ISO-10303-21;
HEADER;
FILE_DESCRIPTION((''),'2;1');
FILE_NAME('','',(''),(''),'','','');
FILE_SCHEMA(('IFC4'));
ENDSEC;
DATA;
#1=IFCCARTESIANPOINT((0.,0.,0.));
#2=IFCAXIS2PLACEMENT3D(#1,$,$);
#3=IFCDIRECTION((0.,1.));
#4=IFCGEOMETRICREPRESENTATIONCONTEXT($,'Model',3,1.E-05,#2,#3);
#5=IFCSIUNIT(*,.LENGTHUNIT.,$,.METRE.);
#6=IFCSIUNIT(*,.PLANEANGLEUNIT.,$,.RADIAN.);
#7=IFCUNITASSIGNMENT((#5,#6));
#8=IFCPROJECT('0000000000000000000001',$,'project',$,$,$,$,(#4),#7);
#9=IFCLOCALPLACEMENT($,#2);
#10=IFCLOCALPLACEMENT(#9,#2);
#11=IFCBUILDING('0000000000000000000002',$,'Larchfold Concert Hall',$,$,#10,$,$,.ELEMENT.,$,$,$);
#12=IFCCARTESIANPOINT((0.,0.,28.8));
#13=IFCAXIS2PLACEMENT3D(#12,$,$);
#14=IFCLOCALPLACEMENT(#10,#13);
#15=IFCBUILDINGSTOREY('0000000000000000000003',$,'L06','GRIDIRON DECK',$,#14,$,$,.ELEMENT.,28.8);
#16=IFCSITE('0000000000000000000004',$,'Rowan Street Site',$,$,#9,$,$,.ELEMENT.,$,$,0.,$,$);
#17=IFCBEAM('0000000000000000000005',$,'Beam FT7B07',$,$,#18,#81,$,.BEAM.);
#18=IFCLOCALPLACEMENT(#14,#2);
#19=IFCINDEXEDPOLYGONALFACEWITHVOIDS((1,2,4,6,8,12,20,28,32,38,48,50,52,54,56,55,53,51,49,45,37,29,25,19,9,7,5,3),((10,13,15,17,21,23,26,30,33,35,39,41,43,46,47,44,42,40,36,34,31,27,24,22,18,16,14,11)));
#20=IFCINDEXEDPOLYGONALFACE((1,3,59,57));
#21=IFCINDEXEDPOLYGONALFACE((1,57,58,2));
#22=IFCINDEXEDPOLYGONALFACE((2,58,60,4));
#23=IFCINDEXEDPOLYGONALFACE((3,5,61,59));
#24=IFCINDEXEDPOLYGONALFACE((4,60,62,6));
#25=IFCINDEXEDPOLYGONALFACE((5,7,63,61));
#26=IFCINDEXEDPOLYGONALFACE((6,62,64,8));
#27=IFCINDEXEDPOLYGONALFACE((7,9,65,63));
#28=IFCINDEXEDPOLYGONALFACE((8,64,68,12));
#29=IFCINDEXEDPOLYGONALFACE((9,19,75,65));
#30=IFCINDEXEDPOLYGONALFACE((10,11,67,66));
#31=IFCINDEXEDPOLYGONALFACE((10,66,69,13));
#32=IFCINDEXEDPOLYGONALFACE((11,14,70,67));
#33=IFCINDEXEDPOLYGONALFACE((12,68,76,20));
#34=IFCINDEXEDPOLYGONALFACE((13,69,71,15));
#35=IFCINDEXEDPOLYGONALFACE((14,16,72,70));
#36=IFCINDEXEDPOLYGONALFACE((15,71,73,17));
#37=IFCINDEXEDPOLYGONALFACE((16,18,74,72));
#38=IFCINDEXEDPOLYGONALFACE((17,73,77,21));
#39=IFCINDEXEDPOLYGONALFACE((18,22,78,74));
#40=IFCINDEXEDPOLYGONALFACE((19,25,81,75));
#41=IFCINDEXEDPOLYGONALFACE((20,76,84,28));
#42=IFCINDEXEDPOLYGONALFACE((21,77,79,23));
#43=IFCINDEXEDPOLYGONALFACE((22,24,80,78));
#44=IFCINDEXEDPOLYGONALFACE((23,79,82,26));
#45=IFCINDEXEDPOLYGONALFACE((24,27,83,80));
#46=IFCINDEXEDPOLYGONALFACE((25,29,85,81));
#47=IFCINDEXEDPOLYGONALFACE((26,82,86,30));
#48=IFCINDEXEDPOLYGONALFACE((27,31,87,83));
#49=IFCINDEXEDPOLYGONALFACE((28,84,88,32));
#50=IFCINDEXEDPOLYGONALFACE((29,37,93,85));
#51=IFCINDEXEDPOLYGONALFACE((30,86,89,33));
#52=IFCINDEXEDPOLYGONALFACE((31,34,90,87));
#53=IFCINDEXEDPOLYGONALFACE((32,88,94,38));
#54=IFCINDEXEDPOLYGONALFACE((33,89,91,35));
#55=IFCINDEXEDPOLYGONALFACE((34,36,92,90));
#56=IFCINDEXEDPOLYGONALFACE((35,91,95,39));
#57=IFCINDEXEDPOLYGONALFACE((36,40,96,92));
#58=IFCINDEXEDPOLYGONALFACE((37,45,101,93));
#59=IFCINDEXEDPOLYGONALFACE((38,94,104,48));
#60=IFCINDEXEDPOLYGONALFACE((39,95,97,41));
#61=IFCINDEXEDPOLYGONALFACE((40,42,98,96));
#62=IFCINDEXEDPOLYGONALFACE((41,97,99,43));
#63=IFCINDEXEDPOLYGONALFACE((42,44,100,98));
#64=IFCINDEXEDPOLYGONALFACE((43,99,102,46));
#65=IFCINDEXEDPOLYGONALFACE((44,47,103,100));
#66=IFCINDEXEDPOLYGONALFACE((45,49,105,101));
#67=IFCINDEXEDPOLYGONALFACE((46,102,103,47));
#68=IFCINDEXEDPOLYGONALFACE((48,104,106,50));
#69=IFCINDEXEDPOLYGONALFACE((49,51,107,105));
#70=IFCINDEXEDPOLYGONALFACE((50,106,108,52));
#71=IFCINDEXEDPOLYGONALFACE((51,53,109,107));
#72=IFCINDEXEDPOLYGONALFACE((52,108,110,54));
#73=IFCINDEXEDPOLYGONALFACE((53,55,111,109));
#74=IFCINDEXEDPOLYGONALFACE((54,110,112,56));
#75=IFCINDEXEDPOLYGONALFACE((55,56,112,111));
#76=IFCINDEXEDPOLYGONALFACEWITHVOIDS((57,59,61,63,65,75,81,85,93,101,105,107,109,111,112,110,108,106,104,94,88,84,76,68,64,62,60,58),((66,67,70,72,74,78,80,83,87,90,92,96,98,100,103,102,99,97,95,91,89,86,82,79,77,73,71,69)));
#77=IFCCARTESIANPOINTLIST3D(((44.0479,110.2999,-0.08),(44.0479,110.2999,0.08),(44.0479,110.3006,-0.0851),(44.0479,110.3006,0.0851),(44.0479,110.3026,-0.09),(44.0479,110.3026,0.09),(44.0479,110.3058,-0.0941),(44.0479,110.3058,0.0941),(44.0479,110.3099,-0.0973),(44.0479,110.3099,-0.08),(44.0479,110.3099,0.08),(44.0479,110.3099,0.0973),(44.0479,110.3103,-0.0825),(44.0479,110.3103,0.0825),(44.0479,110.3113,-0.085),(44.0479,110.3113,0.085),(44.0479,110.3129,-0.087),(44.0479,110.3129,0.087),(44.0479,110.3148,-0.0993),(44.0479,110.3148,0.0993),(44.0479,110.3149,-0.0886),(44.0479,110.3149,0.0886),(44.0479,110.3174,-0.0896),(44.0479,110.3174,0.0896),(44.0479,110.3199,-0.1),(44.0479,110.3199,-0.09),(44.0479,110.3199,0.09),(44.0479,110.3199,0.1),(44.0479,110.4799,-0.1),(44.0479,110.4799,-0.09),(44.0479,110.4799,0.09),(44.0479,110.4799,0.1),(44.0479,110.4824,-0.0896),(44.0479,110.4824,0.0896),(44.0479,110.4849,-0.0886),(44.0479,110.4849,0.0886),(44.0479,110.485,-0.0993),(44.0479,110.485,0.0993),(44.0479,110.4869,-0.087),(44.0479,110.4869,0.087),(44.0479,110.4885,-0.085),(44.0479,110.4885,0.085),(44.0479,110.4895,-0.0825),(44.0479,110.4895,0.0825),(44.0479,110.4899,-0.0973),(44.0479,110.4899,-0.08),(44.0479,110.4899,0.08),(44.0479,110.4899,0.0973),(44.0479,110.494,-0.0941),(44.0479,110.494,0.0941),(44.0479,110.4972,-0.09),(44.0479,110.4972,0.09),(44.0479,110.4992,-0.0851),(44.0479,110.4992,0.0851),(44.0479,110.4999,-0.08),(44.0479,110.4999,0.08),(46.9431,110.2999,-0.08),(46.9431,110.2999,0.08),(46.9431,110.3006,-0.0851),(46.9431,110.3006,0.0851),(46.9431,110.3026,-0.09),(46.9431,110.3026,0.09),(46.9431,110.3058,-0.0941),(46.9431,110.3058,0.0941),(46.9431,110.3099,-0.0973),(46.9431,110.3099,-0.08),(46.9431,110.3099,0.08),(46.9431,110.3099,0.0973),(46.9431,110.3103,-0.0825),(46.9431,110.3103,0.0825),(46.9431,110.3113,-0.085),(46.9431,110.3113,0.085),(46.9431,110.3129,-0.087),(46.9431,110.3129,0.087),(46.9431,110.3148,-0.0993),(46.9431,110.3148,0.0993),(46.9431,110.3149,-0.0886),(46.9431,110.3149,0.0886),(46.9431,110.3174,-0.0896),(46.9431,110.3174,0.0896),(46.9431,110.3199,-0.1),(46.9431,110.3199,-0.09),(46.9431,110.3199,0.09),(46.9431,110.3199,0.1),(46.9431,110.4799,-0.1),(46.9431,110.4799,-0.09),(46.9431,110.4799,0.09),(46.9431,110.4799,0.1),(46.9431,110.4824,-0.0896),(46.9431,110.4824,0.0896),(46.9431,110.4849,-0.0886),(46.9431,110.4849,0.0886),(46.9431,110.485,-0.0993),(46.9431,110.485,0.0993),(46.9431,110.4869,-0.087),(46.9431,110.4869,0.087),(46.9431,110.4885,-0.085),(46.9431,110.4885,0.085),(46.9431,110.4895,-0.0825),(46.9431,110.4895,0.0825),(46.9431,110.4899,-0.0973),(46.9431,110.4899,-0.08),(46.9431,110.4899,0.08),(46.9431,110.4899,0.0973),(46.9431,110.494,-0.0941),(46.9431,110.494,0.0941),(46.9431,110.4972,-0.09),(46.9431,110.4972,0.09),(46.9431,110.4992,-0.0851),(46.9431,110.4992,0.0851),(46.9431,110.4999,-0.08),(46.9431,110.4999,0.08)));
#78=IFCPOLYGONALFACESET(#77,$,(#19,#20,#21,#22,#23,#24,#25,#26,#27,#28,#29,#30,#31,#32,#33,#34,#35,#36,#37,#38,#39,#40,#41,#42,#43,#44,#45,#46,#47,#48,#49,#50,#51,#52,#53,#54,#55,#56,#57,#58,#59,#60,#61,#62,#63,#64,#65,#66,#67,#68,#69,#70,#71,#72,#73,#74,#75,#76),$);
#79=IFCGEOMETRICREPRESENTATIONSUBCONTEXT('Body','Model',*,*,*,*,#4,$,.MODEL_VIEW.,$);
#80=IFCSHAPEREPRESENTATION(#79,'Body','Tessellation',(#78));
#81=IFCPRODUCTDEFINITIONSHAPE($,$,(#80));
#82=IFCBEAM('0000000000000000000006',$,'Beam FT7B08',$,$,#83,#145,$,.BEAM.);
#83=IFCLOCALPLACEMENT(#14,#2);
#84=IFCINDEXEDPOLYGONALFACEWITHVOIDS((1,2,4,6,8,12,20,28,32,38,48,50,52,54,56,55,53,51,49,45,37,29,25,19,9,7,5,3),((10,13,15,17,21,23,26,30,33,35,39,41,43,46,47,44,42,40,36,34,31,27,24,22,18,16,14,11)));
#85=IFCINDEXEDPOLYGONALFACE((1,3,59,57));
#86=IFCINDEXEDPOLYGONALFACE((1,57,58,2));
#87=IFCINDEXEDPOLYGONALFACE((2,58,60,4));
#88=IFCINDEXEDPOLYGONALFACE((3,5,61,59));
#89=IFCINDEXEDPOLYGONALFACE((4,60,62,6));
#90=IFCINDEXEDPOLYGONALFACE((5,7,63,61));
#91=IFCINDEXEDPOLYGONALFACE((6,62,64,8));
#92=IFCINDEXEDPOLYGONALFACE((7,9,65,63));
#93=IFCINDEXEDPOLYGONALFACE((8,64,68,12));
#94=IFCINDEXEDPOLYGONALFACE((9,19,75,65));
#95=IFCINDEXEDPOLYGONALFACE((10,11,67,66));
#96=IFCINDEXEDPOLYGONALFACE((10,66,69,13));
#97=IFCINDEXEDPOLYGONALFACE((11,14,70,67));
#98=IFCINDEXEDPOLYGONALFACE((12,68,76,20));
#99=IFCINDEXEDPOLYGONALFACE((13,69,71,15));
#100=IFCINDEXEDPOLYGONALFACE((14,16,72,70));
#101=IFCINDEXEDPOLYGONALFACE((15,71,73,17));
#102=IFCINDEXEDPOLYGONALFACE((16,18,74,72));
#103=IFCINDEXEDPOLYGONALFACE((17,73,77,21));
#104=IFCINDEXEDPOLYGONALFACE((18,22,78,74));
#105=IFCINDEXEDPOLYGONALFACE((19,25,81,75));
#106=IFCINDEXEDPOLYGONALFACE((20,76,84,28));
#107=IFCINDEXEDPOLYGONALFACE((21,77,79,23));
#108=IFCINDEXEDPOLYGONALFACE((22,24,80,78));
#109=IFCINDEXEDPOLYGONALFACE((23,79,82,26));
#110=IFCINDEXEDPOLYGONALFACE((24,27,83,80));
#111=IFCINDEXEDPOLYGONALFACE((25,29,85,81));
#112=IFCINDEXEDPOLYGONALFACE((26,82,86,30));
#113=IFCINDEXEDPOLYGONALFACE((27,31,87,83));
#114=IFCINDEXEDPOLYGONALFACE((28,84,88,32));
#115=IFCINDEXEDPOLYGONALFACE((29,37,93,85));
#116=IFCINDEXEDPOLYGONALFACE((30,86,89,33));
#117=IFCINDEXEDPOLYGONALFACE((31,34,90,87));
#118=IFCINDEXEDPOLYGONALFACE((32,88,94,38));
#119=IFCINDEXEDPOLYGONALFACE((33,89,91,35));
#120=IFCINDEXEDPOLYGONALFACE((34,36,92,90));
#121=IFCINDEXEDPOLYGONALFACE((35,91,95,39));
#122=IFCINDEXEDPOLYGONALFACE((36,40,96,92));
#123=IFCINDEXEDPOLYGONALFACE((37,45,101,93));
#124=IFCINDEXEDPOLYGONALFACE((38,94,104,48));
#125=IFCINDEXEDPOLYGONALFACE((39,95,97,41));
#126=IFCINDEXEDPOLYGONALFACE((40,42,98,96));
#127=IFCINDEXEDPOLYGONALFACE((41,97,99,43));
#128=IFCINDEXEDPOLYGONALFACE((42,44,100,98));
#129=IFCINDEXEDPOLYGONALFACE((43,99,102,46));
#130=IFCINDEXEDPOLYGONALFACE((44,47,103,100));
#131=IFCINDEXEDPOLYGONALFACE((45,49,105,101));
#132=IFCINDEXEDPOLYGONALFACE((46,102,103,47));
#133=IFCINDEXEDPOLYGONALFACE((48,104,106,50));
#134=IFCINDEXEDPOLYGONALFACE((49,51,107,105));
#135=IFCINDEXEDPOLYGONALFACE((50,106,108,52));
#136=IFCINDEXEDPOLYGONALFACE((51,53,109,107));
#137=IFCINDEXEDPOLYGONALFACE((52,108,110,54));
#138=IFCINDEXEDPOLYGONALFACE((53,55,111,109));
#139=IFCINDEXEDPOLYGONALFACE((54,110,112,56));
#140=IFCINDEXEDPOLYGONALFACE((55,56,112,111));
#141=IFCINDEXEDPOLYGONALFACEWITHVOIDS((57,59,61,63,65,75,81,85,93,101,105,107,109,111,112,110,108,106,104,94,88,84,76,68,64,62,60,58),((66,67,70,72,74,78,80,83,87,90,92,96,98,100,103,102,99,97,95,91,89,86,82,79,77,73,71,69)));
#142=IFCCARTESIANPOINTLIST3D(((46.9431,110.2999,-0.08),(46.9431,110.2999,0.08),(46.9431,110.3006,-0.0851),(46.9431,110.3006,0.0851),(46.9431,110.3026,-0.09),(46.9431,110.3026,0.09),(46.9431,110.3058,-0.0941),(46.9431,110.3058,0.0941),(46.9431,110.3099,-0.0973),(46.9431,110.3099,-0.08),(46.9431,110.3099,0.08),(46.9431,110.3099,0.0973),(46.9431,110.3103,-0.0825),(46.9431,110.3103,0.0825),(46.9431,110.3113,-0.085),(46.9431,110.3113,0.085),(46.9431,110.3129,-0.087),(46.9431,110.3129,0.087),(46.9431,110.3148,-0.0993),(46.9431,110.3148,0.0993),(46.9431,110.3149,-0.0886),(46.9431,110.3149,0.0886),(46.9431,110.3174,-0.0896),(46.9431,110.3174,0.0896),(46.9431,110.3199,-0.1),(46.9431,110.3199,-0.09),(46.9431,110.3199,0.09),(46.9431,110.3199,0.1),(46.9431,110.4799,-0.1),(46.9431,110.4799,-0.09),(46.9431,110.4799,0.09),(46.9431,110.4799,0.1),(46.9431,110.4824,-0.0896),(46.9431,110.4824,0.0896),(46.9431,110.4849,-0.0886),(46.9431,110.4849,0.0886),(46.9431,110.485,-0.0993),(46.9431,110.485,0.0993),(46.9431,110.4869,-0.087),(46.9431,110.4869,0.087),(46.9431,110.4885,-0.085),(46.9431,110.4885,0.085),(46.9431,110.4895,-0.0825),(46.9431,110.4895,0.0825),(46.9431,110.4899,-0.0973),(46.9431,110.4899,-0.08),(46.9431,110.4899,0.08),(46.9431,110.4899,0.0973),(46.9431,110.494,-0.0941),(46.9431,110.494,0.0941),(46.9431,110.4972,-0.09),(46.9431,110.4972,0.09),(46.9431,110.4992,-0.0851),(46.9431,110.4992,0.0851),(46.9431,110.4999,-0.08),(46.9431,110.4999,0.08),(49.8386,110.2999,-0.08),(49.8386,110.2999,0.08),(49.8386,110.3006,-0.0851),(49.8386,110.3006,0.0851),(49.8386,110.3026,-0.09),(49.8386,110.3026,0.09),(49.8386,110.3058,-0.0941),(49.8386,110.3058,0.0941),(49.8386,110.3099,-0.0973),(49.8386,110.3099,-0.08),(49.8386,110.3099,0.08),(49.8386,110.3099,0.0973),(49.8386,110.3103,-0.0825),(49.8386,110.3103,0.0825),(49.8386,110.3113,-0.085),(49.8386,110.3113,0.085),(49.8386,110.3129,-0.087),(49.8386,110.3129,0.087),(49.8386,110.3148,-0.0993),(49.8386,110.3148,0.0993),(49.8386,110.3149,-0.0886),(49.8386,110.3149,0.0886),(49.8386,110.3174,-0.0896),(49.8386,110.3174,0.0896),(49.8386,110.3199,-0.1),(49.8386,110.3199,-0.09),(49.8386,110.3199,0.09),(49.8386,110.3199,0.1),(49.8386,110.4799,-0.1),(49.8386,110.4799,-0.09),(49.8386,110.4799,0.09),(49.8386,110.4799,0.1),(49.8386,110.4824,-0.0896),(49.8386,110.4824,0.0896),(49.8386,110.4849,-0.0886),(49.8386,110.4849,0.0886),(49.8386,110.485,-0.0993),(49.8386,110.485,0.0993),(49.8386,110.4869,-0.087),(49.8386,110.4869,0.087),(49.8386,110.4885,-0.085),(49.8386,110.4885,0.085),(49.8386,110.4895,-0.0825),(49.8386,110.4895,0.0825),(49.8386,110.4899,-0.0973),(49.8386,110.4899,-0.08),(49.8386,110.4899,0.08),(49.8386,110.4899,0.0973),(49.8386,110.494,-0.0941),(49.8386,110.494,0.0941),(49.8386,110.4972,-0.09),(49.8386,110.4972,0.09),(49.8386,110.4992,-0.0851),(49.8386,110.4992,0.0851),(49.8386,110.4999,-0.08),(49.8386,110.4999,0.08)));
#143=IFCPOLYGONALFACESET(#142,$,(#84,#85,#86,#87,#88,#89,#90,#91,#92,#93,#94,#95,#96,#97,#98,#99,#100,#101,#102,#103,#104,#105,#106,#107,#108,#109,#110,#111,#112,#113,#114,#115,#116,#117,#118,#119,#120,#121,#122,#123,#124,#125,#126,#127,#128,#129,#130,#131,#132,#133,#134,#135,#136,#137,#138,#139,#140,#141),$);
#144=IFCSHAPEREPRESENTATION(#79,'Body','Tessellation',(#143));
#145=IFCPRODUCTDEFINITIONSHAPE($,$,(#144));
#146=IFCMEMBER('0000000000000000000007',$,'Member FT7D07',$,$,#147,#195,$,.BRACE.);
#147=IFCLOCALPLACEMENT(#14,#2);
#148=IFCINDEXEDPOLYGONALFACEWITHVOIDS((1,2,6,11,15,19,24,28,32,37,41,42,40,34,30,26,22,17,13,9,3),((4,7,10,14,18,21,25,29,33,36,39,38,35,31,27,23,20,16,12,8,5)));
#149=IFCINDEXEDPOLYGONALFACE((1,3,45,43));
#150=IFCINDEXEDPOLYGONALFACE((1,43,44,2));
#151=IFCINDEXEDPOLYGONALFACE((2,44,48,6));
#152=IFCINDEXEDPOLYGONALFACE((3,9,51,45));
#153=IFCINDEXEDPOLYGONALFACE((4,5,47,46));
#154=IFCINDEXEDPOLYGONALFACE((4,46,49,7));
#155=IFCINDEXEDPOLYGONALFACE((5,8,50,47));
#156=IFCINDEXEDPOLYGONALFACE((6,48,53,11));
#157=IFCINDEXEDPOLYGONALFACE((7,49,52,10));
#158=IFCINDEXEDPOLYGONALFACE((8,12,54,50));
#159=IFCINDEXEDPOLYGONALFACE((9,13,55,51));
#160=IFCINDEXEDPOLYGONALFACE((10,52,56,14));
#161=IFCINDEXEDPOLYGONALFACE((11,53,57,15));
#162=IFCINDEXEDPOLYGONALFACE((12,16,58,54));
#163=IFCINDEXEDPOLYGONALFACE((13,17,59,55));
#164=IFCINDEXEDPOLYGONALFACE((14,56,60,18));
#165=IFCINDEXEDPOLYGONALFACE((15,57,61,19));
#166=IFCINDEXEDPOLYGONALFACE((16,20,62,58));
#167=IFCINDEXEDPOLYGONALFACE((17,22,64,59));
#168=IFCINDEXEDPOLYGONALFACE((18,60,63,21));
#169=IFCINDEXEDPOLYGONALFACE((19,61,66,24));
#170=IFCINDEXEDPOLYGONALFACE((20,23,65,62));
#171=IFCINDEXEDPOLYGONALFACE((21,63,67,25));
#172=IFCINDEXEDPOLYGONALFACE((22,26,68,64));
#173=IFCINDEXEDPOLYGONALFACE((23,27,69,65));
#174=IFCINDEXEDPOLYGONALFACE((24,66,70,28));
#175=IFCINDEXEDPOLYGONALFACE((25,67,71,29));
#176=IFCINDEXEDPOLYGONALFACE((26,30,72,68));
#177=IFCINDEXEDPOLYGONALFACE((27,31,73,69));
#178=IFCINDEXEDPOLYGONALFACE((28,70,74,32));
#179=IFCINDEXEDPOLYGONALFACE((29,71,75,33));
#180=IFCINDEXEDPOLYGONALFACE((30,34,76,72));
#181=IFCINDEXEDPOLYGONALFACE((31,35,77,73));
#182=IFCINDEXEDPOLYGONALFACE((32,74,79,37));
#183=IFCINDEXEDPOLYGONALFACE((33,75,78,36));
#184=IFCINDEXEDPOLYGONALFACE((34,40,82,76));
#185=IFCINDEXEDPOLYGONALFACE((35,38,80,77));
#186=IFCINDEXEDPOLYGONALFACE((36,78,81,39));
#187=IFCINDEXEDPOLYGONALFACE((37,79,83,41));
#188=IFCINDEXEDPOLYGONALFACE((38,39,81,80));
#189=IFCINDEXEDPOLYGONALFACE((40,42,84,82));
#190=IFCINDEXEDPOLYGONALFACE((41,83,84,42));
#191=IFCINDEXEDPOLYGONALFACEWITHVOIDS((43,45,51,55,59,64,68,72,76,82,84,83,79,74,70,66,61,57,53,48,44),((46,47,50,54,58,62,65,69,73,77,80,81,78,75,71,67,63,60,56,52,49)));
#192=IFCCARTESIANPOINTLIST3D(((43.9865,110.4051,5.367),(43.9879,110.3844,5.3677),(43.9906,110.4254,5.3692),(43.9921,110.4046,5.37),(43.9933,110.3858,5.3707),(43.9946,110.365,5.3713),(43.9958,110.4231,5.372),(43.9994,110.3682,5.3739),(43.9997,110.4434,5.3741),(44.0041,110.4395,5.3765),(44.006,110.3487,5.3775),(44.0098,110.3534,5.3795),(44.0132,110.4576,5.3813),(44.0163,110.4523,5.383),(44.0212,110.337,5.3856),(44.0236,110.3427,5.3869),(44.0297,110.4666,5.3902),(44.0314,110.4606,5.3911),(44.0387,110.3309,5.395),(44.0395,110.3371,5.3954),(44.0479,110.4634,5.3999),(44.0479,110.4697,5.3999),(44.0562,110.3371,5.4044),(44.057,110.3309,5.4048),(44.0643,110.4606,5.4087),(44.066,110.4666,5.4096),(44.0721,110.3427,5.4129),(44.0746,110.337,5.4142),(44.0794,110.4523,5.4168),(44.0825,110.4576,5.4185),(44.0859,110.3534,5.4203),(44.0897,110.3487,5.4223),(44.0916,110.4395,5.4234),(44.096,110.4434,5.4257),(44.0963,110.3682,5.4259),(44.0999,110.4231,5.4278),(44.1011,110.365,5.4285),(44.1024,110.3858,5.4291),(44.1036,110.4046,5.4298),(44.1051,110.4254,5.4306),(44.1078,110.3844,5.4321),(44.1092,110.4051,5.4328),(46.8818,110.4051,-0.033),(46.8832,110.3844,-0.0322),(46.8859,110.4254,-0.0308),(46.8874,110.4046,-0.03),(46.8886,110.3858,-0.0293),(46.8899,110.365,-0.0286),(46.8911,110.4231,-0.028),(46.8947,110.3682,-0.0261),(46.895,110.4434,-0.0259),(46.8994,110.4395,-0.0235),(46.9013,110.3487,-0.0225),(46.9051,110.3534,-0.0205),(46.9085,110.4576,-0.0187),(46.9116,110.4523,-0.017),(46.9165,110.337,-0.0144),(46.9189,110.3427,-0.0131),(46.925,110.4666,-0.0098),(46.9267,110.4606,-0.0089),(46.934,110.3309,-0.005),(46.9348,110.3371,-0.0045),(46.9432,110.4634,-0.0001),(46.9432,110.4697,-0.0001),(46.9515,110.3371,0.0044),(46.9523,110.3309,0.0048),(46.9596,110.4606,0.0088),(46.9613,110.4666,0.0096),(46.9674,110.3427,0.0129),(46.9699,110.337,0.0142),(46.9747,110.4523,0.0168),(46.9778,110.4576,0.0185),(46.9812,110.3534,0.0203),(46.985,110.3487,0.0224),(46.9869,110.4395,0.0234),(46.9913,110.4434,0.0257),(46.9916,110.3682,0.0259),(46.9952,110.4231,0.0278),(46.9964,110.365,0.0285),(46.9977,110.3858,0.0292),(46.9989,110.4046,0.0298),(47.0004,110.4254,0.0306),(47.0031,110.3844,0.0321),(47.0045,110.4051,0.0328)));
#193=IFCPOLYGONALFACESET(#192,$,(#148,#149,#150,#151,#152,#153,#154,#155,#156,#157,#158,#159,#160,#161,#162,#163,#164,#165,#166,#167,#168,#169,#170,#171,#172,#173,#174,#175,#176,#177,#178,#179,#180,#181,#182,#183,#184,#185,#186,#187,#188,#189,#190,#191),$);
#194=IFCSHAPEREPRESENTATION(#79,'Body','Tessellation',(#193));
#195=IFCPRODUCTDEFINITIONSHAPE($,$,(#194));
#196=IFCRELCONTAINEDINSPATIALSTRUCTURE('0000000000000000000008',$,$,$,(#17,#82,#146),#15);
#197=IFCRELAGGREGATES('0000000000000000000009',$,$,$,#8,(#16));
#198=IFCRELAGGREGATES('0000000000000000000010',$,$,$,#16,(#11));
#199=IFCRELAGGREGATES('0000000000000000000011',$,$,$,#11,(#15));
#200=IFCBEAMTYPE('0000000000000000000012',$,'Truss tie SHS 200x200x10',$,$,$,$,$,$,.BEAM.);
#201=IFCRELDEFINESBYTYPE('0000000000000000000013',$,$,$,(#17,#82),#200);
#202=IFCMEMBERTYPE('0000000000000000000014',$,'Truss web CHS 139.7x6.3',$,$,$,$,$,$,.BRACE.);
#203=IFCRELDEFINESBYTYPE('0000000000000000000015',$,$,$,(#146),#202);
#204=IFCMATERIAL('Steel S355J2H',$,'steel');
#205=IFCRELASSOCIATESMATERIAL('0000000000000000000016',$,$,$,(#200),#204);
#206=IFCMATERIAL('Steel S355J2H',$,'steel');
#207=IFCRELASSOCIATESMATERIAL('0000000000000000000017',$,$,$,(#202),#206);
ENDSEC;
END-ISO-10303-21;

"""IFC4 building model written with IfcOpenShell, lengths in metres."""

from ifc_helpers import new_model, si_unit, direction, frame, origin, origin_2d, place, context, subcontext, project, spatial, hollow_rectangle, hollow_circle, extrude, material, material_profile, profile_set, type_object, element, save


model = new_model("IFC4")

# Units and contexts
model_context = context("Model", 3, precision=1e-05, world=origin(), true_north=direction((0.0, 1.0)))
body_context = subcontext(model_context, "Body", "Model", "MODEL_VIEW")
ifc_project = project(units=[si_unit("LENGTHUNIT", "METRE"), si_unit("PLANEANGLEUNIT", "RADIAN")], contexts=[model_context])

# Site, building, storey
site_placement = place(None, origin())
site = spatial("IfcSite", under=ifc_project, at=site_placement, Name="Rowan Street Site", CompositionType="ELEMENT", RefElevation=0.0)
building_placement = place(site_placement, origin())
building = spatial("IfcBuilding", under=site, at=building_placement, Name="Larchfold Concert Hall", CompositionType="ELEMENT")
storey_placement = place(building_placement, frame((0.0, 0.0, 28.8)))
storey = spatial("IfcBuildingStorey", under=building, at=storey_placement, Name="L06", Description="GRIDIRON DECK", CompositionType="ELEMENT", Elevation=28.8)

# Beams
ifc_material_1 = material(Name="Steel S355J2H", Category="steel")
ifc_material_profile_1 = material_profile(ifc_material_1, hollow_rectangle(XDim=0.2, YDim=0.2, WallThickness=0.01, InnerFilletRadius=0.01, OuterFilletRadius=0.02, at=origin_2d()))
ifc_profile_set_1 = profile_set([ifc_material_profile_1], Name="Steel S355J2H")
beam_type_1 = type_object("IfcBeamType", Name="Truss tie SHS 200x200x10", PredefinedType="BEAM", material=ifc_profile_set_1)
beam_1_placement = place(storey_placement, frame((44.0479, 110.3999, 0.0), z_axis=(1.0, 0.0, 0.0), x_axis=(0.0, 1.0, 0.0)))
element("IfcBeam", 1, at=beam_1_placement, inside=storey, type_object=beam_type_1, Name="Beam FT7B07", PredefinedType="BEAM", context=body_context, shape_type="SweptSolid", body=[
    extrude(hollow_rectangle(XDim=0.2, YDim=0.2, WallThickness=0.01, InnerFilletRadius=0.01, OuterFilletRadius=0.02, at=origin_2d()), origin(), (0.0, 0.0, 1.0), 2.8953),
])
beam_2_placement = place(storey_placement, frame((46.9431, 110.3999, 0.0), z_axis=(1.0, 0.0, 0.0), x_axis=(0.0, 1.0, 0.0)))
element("IfcBeam", 2, at=beam_2_placement, inside=storey, type_object=beam_type_1, Name="Beam FT7B08", PredefinedType="BEAM", context=body_context, shape_type="SweptSolid", body=[
    extrude(hollow_rectangle(XDim=0.2, YDim=0.2, WallThickness=0.01, InnerFilletRadius=0.01, OuterFilletRadius=0.02, at=origin_2d()), origin(), (0.0, 0.0, 1.0), 2.8955),
])

# Member
ifc_material_2 = material(Name="Steel S355J2H", Category="steel")
ifc_material_profile_2 = material_profile(ifc_material_2, hollow_circle(Radius=0.0698, WallThickness=0.0063, at=origin_2d()))
ifc_profile_set_2 = profile_set([ifc_material_profile_2], Name="Steel S355J2H")
member_type_1 = type_object("IfcMemberType", Name="Truss web CHS 139.7x6.3", PredefinedType="BRACE", material=ifc_profile_set_2)
for number, where, z_axis, x_axis, name in (
    (3, (44.0479, 110.3999, 5.3999), (0.472533, 0.0, -0.881313), (0.0, 1.0, 0.0), "Member FT7D07"),
):
    element("IfcMember", number, at=place(storey_placement, frame(where, z_axis=z_axis, x_axis=x_axis)), inside=storey, type_object=member_type_1, Name=name, PredefinedType="BRACE", context=body_context, shape_type="SweptSolid", body=[
        extrude(hollow_circle(Radius=0.0698, WallThickness=0.0063, at=origin_2d()), origin(), (0.0, 0.0, 1.0), 6.1272),
    ])

save(model, "model.ifc")
